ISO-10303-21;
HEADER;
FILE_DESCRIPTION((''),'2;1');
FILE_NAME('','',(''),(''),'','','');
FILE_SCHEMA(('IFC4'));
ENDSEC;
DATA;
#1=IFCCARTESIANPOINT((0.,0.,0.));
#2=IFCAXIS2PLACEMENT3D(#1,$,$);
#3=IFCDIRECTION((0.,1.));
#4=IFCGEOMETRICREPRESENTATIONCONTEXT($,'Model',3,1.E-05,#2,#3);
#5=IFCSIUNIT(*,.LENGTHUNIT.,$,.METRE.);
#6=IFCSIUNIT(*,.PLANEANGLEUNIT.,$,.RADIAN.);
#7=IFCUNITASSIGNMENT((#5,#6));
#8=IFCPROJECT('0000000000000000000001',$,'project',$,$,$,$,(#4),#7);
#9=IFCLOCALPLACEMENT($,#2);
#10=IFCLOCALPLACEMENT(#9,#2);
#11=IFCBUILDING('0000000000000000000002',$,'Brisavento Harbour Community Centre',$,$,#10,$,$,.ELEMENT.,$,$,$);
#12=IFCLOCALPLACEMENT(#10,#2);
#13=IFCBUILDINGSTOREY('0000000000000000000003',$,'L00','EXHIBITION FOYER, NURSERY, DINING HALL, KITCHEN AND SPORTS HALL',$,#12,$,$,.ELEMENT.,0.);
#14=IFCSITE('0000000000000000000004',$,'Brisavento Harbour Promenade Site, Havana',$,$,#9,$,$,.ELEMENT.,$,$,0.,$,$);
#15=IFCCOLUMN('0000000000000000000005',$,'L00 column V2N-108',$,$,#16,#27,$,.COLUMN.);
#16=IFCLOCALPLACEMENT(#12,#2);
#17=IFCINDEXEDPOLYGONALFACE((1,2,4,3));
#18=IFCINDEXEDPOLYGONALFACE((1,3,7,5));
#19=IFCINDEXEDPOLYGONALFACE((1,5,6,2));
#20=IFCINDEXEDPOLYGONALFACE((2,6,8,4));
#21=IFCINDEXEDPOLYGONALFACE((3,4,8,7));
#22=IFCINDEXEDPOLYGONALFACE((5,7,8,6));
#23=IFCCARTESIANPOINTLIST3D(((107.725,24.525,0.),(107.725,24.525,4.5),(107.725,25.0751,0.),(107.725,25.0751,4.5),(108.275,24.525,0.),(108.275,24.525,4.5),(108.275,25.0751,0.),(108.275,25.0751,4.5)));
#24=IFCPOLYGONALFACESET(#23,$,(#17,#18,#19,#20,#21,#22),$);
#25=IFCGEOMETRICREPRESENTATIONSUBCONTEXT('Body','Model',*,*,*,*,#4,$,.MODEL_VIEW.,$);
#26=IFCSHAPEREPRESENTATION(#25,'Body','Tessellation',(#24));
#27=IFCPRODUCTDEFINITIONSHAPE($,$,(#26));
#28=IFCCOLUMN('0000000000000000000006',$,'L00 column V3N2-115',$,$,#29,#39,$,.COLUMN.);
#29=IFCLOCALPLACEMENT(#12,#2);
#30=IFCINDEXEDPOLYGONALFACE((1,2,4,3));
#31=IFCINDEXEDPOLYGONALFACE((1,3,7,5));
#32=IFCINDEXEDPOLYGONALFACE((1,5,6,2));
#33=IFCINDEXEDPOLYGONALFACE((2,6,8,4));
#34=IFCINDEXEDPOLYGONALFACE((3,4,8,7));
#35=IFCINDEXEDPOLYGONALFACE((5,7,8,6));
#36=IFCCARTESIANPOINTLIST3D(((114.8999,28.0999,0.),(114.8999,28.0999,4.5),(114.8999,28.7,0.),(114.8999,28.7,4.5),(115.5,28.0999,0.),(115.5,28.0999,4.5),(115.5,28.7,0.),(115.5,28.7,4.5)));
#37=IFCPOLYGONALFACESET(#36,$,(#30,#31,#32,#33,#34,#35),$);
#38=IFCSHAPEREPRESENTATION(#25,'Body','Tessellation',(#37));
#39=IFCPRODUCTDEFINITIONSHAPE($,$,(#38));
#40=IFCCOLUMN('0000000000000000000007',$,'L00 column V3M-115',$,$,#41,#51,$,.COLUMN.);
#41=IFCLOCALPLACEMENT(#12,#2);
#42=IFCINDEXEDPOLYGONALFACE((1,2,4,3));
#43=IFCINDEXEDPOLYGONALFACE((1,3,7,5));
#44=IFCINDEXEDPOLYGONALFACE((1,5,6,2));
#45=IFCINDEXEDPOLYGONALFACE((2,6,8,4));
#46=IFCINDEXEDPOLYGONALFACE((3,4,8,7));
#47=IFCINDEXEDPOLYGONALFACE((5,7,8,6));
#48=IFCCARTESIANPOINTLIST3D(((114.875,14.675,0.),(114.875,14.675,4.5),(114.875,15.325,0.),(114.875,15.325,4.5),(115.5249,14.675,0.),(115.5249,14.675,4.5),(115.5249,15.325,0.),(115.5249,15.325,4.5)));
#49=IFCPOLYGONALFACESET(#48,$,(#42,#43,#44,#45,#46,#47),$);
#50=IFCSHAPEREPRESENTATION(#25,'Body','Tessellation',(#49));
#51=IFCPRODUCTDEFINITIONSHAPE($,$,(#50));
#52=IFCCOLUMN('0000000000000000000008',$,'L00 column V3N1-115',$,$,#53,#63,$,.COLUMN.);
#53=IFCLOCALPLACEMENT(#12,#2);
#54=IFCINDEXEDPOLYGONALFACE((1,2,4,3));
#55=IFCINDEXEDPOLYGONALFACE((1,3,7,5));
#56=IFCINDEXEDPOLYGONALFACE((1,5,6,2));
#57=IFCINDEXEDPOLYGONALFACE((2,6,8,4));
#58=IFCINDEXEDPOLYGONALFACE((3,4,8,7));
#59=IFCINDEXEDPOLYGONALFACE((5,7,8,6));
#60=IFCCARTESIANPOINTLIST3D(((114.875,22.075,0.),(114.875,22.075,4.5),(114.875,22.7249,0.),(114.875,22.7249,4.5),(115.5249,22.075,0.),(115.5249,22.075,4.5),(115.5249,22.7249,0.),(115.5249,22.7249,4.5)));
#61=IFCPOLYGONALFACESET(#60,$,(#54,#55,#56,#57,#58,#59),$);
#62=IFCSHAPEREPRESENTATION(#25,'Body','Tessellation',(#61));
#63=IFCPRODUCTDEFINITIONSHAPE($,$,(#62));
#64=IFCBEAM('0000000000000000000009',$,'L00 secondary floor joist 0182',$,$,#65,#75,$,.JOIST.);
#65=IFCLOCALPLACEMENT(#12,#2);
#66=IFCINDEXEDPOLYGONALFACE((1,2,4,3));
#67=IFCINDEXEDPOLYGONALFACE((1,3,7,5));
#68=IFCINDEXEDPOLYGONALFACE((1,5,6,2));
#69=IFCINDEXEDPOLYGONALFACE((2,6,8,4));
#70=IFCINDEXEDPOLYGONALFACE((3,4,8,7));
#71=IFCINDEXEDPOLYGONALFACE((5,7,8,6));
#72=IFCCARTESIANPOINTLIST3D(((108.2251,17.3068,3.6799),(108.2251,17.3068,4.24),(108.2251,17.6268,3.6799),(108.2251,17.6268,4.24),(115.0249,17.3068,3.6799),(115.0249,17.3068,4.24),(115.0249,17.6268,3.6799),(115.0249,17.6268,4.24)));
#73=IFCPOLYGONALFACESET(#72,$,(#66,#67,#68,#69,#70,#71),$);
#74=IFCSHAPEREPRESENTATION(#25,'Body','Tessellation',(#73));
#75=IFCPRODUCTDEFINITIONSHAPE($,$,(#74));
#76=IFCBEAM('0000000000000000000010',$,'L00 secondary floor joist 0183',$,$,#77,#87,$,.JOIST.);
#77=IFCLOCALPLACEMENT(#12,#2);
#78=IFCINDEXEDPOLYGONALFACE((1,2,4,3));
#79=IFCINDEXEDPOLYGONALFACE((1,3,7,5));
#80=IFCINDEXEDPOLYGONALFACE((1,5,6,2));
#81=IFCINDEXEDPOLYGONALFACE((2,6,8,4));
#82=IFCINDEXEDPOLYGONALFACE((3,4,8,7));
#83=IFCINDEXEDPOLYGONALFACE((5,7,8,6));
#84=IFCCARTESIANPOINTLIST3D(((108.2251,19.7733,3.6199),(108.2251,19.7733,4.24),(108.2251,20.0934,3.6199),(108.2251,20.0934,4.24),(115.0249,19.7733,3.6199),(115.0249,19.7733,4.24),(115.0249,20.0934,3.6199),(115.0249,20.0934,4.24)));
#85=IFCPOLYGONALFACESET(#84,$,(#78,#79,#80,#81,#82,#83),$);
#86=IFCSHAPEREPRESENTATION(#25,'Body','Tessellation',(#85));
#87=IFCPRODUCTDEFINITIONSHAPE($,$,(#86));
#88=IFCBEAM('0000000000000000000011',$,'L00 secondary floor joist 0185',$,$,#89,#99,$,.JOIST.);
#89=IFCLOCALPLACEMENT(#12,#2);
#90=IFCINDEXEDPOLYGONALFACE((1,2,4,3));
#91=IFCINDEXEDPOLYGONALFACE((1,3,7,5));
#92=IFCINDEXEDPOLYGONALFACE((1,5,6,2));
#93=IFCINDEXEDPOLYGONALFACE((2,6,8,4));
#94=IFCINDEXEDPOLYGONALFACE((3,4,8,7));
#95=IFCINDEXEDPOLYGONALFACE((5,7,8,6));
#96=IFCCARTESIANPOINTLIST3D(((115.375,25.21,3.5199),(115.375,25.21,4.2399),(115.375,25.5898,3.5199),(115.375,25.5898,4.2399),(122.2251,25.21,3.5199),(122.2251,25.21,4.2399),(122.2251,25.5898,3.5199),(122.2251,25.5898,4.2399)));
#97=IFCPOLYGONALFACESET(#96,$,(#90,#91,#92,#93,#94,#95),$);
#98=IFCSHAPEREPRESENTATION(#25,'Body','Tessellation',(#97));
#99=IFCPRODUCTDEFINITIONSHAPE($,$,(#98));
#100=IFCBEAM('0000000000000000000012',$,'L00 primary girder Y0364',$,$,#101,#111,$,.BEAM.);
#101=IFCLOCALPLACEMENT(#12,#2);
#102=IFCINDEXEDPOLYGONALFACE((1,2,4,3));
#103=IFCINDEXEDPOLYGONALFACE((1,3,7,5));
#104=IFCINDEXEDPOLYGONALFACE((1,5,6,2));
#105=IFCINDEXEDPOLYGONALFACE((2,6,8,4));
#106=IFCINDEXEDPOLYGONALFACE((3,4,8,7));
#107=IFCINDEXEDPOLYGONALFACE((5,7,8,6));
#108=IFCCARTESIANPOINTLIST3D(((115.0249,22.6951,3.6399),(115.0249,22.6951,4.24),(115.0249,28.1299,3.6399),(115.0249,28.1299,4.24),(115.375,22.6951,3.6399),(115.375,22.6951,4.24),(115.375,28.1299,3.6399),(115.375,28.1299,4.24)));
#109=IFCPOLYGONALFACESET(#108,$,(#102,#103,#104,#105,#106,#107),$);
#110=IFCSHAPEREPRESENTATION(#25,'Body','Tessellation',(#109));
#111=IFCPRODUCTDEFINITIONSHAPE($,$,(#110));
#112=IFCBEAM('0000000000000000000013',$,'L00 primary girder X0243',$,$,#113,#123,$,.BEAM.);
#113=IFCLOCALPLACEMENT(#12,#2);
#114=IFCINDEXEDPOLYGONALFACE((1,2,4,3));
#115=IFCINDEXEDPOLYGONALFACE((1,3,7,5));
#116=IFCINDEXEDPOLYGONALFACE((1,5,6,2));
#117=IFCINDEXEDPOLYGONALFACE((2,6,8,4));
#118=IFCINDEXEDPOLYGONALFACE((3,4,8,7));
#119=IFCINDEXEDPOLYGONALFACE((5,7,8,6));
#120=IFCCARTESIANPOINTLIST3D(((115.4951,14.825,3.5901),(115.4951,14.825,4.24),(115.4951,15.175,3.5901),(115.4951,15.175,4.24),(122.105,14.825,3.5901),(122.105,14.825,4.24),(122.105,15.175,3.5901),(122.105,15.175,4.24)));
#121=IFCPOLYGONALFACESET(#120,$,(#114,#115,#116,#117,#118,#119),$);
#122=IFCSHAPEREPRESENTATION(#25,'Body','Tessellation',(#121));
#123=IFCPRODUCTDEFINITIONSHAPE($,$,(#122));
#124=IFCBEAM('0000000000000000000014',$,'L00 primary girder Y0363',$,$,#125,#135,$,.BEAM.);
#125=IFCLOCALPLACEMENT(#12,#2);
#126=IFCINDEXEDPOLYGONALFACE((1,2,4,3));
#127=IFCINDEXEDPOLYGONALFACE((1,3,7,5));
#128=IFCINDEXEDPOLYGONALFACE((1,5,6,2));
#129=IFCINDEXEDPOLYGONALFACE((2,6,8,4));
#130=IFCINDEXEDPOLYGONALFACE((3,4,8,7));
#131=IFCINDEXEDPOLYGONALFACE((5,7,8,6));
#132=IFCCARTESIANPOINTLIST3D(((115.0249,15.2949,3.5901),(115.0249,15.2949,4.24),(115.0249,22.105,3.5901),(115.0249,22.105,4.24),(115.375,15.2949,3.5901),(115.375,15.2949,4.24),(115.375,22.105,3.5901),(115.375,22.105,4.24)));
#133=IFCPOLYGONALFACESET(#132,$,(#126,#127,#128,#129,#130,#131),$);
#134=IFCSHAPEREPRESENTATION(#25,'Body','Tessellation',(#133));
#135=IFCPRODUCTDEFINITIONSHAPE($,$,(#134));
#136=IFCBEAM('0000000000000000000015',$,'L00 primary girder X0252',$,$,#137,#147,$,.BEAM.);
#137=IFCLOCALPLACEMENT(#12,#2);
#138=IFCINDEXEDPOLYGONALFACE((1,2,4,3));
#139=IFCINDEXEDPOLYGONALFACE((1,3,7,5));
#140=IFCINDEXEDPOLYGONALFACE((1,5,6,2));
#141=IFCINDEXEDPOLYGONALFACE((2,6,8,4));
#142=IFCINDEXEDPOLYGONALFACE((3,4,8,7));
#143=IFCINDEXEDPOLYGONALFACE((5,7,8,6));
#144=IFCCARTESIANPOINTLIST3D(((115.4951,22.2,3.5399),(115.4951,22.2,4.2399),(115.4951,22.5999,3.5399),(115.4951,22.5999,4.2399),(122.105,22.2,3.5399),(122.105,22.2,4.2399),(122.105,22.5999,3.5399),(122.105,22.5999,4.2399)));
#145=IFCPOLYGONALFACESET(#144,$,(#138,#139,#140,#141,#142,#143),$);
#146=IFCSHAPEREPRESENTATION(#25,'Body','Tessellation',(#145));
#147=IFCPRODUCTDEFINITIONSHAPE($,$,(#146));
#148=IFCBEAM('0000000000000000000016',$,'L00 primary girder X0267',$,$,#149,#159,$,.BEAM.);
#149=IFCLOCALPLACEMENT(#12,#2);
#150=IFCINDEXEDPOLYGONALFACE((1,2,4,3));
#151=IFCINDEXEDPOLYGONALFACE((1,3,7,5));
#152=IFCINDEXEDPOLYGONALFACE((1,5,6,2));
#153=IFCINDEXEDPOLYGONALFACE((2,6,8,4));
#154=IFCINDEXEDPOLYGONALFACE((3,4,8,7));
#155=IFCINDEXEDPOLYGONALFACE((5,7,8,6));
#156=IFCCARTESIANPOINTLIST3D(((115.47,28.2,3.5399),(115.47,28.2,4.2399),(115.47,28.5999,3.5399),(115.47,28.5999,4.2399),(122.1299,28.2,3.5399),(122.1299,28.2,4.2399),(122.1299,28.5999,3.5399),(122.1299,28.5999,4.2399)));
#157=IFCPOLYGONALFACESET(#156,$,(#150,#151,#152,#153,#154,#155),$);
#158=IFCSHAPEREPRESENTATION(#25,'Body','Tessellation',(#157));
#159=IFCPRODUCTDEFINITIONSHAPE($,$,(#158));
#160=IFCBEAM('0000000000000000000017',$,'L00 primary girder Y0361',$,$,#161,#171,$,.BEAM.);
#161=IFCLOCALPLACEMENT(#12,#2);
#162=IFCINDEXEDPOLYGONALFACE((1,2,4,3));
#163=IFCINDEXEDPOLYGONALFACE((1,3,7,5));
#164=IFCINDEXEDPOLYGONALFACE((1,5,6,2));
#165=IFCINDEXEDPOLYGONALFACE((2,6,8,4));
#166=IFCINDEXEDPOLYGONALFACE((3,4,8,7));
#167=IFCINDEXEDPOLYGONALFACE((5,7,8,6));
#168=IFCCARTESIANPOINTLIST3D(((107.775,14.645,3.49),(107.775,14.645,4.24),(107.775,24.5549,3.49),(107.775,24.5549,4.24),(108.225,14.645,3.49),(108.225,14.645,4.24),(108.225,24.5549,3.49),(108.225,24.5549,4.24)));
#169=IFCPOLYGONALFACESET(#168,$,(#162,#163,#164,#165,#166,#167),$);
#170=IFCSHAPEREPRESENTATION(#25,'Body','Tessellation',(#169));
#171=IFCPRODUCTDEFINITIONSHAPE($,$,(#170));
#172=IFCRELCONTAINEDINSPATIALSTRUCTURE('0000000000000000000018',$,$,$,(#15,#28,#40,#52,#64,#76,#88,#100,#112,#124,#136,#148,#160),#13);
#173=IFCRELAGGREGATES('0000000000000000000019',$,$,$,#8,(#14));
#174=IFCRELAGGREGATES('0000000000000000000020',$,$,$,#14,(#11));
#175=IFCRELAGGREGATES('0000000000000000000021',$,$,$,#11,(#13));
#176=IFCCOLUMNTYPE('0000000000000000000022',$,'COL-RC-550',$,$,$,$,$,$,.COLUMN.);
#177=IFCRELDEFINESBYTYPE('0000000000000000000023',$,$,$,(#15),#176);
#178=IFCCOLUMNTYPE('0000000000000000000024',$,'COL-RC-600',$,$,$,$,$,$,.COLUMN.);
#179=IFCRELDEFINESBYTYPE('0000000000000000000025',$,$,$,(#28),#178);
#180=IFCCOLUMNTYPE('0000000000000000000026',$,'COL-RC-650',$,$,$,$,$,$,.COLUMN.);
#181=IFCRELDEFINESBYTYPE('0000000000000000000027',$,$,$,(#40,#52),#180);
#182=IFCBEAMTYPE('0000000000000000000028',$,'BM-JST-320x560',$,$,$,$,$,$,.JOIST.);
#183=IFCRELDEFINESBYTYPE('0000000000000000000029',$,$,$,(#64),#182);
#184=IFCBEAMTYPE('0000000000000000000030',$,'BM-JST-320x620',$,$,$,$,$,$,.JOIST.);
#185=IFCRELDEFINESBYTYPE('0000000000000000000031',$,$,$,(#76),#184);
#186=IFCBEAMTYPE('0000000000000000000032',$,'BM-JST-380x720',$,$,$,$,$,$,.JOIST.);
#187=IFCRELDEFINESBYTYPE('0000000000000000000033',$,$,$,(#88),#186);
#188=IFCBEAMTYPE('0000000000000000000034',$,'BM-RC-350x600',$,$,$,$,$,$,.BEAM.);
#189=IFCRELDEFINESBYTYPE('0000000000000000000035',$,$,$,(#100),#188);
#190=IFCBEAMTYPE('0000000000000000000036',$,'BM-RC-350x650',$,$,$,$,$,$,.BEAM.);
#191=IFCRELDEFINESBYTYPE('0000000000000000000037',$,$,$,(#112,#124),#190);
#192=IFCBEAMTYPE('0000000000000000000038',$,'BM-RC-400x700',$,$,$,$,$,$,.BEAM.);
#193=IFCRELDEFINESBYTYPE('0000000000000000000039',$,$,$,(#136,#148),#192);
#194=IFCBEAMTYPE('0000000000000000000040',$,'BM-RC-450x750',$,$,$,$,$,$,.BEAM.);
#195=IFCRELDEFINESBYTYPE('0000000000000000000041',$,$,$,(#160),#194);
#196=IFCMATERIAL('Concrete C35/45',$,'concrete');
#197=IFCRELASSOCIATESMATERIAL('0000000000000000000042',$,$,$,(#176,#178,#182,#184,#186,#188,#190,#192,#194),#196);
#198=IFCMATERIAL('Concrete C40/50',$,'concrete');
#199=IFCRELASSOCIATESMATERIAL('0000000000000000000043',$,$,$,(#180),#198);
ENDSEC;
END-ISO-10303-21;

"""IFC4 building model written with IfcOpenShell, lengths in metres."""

from ifc_helpers import new_model, si_unit, direction, frame, origin, origin_2d, place, context, subcontext, project, spatial, rectangle, extrude, material, material_profile, profile_set, type_object, element, save


model = new_model("IFC4")

# Units and contexts
model_context = context("Model", 3, precision=1e-05, world=origin(), true_north=direction((0.0, 1.0)))
body_context = subcontext(model_context, "Body", "Model", "MODEL_VIEW")
ifc_project = project(units=[si_unit("LENGTHUNIT", "METRE"), si_unit("PLANEANGLEUNIT", "RADIAN")], contexts=[model_context])

# Site, building, storey
site_placement = place(None, origin())
site = spatial("IfcSite", under=ifc_project, at=site_placement, Name="Brisavento Harbour Promenade Site, Havana", CompositionType="ELEMENT", RefElevation=0.0)
building_placement = place(site_placement, origin())
building = spatial("IfcBuilding", under=site, at=building_placement, Name="Brisavento Harbour Community Centre", CompositionType="ELEMENT")
storey_placement = place(building_placement, origin())
storey = spatial("IfcBuildingStorey", under=building, at=storey_placement, Name="L00", Description="EXHIBITION FOYER, NURSERY, DINING HALL, KITCHEN AND SPORTS HALL", CompositionType="ELEMENT", Elevation=0.0)

# Columns
ifc_material_1 = material(Name="Concrete C35/45", Category="concrete")
ifc_material_profile_1 = material_profile(ifc_material_1, rectangle(XDim=0.55, YDim=0.55, at=origin_2d()), Name="Concrete C35/45")
ifc_profile_set_1 = profile_set([ifc_material_profile_1], Name="Concrete C35/45")
column_type_1 = type_object("IfcColumnType", Name="COL-RC-550", PredefinedType="COLUMN", material=ifc_profile_set_1)
column_1_placement = place(storey_placement, frame((108.0, 24.8, 0.0), z_axis=(0.0, 0.0, 1.0), x_axis=(1.0, 0.0, 0.0)))
element("IfcColumn", 1, at=column_1_placement, inside=storey, type_object=column_type_1, Name="L00 column V2N-108", PredefinedType="COLUMN", context=body_context, shape_type="SweptSolid", body=[
    extrude(rectangle(XDim=0.55, YDim=0.55, at=origin_2d()), origin(), (0.0, 0.0, 1.0), 4.5),
])
ifc_material_profile_2 = material_profile(ifc_material_1, rectangle(XDim=0.6001, YDim=0.6001, at=origin_2d()), Name="Concrete C35/45")
ifc_profile_set_2 = profile_set([ifc_material_profile_2], Name="Concrete C35/45")
column_type_2 = type_object("IfcColumnType", Name="COL-RC-600", PredefinedType="COLUMN", material=ifc_profile_set_2)
column_2_placement = place(storey_placement, frame((115.2, 28.3999, 0.0), z_axis=(0.0, 0.0, 1.0), x_axis=(1.0, 0.0, 0.0)))
element("IfcColumn", 2, at=column_2_placement, inside=storey, type_object=column_type_2, Name="L00 column V3N2-115", PredefinedType="COLUMN", context=body_context, shape_type="SweptSolid", body=[
    extrude(rectangle(XDim=0.6001, YDim=0.6001, at=origin_2d()), origin(), (0.0, 0.0, 1.0), 4.5),
])
ifc_material_2 = material(Name="Concrete C40/50", Category="concrete")
ifc_material_profile_3 = material_profile(ifc_material_2, rectangle(XDim=0.6499, YDim=0.6499, at=origin_2d()), Name="Concrete C40/50")
ifc_profile_set_3 = profile_set([ifc_material_profile_3], Name="Concrete C40/50")
column_type_3 = type_object("IfcColumnType", Name="COL-RC-650", PredefinedType="COLUMN", material=ifc_profile_set_3)
for number, where, z_axis, x_axis, name in (
    (3, (115.2, 15.0, 0.0), (0.0, 0.0, 1.0), (1.0, 0.0, 0.0), "L00 column V3M-115"),
    (4, (115.2, 22.3999, 0.0), (0.0, 0.0, 1.0), (1.0, 0.0, 0.0), "L00 column V3N1-115"),
):
    element("IfcColumn", number, at=place(storey_placement, frame(where, z_axis=z_axis, x_axis=x_axis)), inside=storey, type_object=column_type_3, Name=name, PredefinedType="COLUMN", context=body_context, shape_type="SweptSolid", body=[
        extrude(rectangle(XDim=0.6499, YDim=0.6499, at=origin_2d()), origin(), (0.0, 0.0, 1.0), 4.5),
    ])

# Beams
ifc_material_profile_4 = material_profile(ifc_material_1, rectangle(XDim=0.3201, YDim=0.5601, at=origin_2d()), Name="Concrete C35/45")
ifc_profile_set_4 = profile_set([ifc_material_profile_4], Name="Concrete C35/45")
beam_type_1 = type_object("IfcBeamType", Name="BM-JST-320x560", PredefinedType="JOIST", material=ifc_profile_set_4)
beam_1_placement = place(storey_placement, frame((108.2251, 17.4668, 3.96), z_axis=(1.0, 0.0, 0.0), x_axis=(0.0, 1.0, 0.0)))
element("IfcBeam", 5, at=beam_1_placement, inside=storey, type_object=beam_type_1, Name="L00 secondary floor joist 0182", PredefinedType="JOIST", context=body_context, shape_type="SweptSolid", body=[
    extrude(rectangle(XDim=0.3201, YDim=0.5601, at=origin_2d()), origin(), (0.0, 0.0, 1.0), 6.7998),
])
ifc_material_profile_5 = material_profile(ifc_material_1, rectangle(XDim=0.3201, YDim=0.6201, at=origin_2d()), Name="Concrete C35/45")
ifc_profile_set_5 = profile_set([ifc_material_profile_5], Name="Concrete C35/45")
beam_type_2 = type_object("IfcBeamType", Name="BM-JST-320x620", PredefinedType="JOIST", material=ifc_profile_set_5)
beam_2_placement = place(storey_placement, frame((108.2251, 19.9333, 3.9299), z_axis=(1.0, 0.0, 0.0), x_axis=(0.0, 1.0, 0.0)))
element("IfcBeam", 6, at=beam_2_placement, inside=storey, type_object=beam_type_2, Name="L00 secondary floor joist 0183", PredefinedType="JOIST", context=body_context, shape_type="SweptSolid", body=[
    extrude(rectangle(XDim=0.3201, YDim=0.6201, at=origin_2d()), origin(), (0.0, 0.0, 1.0), 6.7998),
])
ifc_material_profile_6 = material_profile(ifc_material_1, rectangle(XDim=0.3799, YDim=0.72, at=origin_2d()), Name="Concrete C35/45")
ifc_profile_set_6 = profile_set([ifc_material_profile_6], Name="Concrete C35/45")
beam_type_3 = type_object("IfcBeamType", Name="BM-JST-380x720", PredefinedType="JOIST", material=ifc_profile_set_6)
beam_3_placement = place(storey_placement, frame((115.375, 25.3999, 3.8799), z_axis=(1.0, 0.0, 0.0), x_axis=(0.0, 1.0, 0.0)))
element("IfcBeam", 7, at=beam_3_placement, inside=storey, type_object=beam_type_3, Name="L00 secondary floor joist 0185", PredefinedType="JOIST", context=body_context, shape_type="SweptSolid", body=[
    extrude(rectangle(XDim=0.3799, YDim=0.72, at=origin_2d()), origin(), (0.0, 0.0, 1.0), 6.8501),
])
ifc_material_profile_7 = material_profile(ifc_material_1, rectangle(XDim=0.3501, YDim=0.6001, at=origin_2d()), Name="Concrete C35/45")
ifc_profile_set_7 = profile_set([ifc_material_profile_7], Name="Concrete C35/45")
beam_type_4 = type_object("IfcBeamType", Name="BM-RC-350x600", PredefinedType="BEAM", material=ifc_profile_set_7)
beam_4_placement = place(storey_placement, frame((115.2, 22.6951, 3.9399), z_axis=(0.0, 1.0, 0.0), x_axis=(-1.0, 0.0, 0.0)))
element("IfcBeam", 8, at=beam_4_placement, inside=storey, type_object=beam_type_4, Name="L00 primary girder Y0364", PredefinedType="BEAM", context=body_context, shape_type="SweptSolid", body=[
    extrude(rectangle(XDim=0.3501, YDim=0.6001, at=origin_2d()), origin(), (0.0, 0.0, 1.0), 5.4348),
])
ifc_material_profile_8 = material_profile(ifc_material_1, rectangle(XDim=0.3501, YDim=0.6499, at=origin_2d()), Name="Concrete C35/45")
ifc_profile_set_8 = profile_set([ifc_material_profile_8], Name="Concrete C35/45")
beam_type_5 = type_object("IfcBeamType", Name="BM-RC-350x650", PredefinedType="BEAM", material=ifc_profile_set_8)
beam_5_placement = place(storey_placement, frame((115.4951, 15.0, 3.915), z_axis=(1.0, 0.0, 0.0), x_axis=(0.0, 1.0, 0.0)))
element("IfcBeam", 9, at=beam_5_placement, inside=storey, type_object=beam_type_5, Name="L00 primary girder X0243", PredefinedType="BEAM", context=body_context, shape_type="SweptSolid", body=[
    extrude(rectangle(XDim=0.3501, YDim=0.6499, at=origin_2d()), origin(), (0.0, 0.0, 1.0), 6.6099),
])
beam_6_placement = place(storey_placement, frame((115.2, 15.2949, 3.915), z_axis=(0.0, 1.0, 0.0), x_axis=(-1.0, 0.0, 0.0)))
element("IfcBeam", 10, at=beam_6_placement, inside=storey, type_object=beam_type_5, Name="L00 primary girder Y0363", PredefinedType="BEAM", context=body_context, shape_type="SweptSolid", body=[
    extrude(rectangle(XDim=0.3501, YDim=0.6499, at=origin_2d()), origin(), (0.0, 0.0, 1.0), 6.8101),
])
ifc_material_profile_9 = material_profile(ifc_material_1, rectangle(XDim=0.3999, YDim=0.7, at=origin_2d()), Name="Concrete C35/45")
ifc_profile_set_9 = profile_set([ifc_material_profile_9], Name="Concrete C35/45")
beam_type_6 = type_object("IfcBeamType", Name="BM-RC-400x700", PredefinedType="BEAM", material=ifc_profile_set_9)
beam_7_placement = place(storey_placement, frame((115.4951, 22.3999, 3.8899), z_axis=(1.0, 0.0, 0.0), x_axis=(0.0, 1.0, 0.0)))
element("IfcBeam", 11, at=beam_7_placement, inside=storey, type_object=beam_type_6, Name="L00 primary girder X0252", PredefinedType="BEAM", context=body_context, shape_type="SweptSolid", body=[
    extrude(rectangle(XDim=0.3999, YDim=0.7, at=origin_2d()), origin(), (0.0, 0.0, 1.0), 6.6099),
])
beam_8_placement = place(storey_placement, frame((115.47, 28.3999, 3.8899), z_axis=(1.0, 0.0, 0.0), x_axis=(0.0, 1.0, 0.0)))
element("IfcBeam", 12, at=beam_8_placement, inside=storey, type_object=beam_type_6, Name="L00 primary girder X0267", PredefinedType="BEAM", context=body_context, shape_type="SweptSolid", body=[
    extrude(rectangle(XDim=0.3999, YDim=0.7, at=origin_2d()), origin(), (0.0, 0.0, 1.0), 6.6599),
])
ifc_material_profile_10 = material_profile(ifc_material_1, rectangle(XDim=0.45, YDim=0.75, at=origin_2d()), Name="Concrete C35/45")
ifc_profile_set_10 = profile_set([ifc_material_profile_10], Name="Concrete C35/45")
beam_type_7 = type_object("IfcBeamType", Name="BM-RC-450x750", PredefinedType="BEAM", material=ifc_profile_set_10)
beam_9_placement = place(storey_placement, frame((108.0, 14.645, 3.865), z_axis=(0.0, 1.0, 0.0), x_axis=(-1.0, 0.0, 0.0)))
element("IfcBeam", 13, at=beam_9_placement, inside=storey, type_object=beam_type_7, Name="L00 primary girder Y0361", PredefinedType="BEAM", context=body_context, shape_type="SweptSolid", body=[
    extrude(rectangle(XDim=0.45, YDim=0.75, at=origin_2d()), origin(), (0.0, 0.0, 1.0), 9.9099),
])

save(model, "model.ifc")
